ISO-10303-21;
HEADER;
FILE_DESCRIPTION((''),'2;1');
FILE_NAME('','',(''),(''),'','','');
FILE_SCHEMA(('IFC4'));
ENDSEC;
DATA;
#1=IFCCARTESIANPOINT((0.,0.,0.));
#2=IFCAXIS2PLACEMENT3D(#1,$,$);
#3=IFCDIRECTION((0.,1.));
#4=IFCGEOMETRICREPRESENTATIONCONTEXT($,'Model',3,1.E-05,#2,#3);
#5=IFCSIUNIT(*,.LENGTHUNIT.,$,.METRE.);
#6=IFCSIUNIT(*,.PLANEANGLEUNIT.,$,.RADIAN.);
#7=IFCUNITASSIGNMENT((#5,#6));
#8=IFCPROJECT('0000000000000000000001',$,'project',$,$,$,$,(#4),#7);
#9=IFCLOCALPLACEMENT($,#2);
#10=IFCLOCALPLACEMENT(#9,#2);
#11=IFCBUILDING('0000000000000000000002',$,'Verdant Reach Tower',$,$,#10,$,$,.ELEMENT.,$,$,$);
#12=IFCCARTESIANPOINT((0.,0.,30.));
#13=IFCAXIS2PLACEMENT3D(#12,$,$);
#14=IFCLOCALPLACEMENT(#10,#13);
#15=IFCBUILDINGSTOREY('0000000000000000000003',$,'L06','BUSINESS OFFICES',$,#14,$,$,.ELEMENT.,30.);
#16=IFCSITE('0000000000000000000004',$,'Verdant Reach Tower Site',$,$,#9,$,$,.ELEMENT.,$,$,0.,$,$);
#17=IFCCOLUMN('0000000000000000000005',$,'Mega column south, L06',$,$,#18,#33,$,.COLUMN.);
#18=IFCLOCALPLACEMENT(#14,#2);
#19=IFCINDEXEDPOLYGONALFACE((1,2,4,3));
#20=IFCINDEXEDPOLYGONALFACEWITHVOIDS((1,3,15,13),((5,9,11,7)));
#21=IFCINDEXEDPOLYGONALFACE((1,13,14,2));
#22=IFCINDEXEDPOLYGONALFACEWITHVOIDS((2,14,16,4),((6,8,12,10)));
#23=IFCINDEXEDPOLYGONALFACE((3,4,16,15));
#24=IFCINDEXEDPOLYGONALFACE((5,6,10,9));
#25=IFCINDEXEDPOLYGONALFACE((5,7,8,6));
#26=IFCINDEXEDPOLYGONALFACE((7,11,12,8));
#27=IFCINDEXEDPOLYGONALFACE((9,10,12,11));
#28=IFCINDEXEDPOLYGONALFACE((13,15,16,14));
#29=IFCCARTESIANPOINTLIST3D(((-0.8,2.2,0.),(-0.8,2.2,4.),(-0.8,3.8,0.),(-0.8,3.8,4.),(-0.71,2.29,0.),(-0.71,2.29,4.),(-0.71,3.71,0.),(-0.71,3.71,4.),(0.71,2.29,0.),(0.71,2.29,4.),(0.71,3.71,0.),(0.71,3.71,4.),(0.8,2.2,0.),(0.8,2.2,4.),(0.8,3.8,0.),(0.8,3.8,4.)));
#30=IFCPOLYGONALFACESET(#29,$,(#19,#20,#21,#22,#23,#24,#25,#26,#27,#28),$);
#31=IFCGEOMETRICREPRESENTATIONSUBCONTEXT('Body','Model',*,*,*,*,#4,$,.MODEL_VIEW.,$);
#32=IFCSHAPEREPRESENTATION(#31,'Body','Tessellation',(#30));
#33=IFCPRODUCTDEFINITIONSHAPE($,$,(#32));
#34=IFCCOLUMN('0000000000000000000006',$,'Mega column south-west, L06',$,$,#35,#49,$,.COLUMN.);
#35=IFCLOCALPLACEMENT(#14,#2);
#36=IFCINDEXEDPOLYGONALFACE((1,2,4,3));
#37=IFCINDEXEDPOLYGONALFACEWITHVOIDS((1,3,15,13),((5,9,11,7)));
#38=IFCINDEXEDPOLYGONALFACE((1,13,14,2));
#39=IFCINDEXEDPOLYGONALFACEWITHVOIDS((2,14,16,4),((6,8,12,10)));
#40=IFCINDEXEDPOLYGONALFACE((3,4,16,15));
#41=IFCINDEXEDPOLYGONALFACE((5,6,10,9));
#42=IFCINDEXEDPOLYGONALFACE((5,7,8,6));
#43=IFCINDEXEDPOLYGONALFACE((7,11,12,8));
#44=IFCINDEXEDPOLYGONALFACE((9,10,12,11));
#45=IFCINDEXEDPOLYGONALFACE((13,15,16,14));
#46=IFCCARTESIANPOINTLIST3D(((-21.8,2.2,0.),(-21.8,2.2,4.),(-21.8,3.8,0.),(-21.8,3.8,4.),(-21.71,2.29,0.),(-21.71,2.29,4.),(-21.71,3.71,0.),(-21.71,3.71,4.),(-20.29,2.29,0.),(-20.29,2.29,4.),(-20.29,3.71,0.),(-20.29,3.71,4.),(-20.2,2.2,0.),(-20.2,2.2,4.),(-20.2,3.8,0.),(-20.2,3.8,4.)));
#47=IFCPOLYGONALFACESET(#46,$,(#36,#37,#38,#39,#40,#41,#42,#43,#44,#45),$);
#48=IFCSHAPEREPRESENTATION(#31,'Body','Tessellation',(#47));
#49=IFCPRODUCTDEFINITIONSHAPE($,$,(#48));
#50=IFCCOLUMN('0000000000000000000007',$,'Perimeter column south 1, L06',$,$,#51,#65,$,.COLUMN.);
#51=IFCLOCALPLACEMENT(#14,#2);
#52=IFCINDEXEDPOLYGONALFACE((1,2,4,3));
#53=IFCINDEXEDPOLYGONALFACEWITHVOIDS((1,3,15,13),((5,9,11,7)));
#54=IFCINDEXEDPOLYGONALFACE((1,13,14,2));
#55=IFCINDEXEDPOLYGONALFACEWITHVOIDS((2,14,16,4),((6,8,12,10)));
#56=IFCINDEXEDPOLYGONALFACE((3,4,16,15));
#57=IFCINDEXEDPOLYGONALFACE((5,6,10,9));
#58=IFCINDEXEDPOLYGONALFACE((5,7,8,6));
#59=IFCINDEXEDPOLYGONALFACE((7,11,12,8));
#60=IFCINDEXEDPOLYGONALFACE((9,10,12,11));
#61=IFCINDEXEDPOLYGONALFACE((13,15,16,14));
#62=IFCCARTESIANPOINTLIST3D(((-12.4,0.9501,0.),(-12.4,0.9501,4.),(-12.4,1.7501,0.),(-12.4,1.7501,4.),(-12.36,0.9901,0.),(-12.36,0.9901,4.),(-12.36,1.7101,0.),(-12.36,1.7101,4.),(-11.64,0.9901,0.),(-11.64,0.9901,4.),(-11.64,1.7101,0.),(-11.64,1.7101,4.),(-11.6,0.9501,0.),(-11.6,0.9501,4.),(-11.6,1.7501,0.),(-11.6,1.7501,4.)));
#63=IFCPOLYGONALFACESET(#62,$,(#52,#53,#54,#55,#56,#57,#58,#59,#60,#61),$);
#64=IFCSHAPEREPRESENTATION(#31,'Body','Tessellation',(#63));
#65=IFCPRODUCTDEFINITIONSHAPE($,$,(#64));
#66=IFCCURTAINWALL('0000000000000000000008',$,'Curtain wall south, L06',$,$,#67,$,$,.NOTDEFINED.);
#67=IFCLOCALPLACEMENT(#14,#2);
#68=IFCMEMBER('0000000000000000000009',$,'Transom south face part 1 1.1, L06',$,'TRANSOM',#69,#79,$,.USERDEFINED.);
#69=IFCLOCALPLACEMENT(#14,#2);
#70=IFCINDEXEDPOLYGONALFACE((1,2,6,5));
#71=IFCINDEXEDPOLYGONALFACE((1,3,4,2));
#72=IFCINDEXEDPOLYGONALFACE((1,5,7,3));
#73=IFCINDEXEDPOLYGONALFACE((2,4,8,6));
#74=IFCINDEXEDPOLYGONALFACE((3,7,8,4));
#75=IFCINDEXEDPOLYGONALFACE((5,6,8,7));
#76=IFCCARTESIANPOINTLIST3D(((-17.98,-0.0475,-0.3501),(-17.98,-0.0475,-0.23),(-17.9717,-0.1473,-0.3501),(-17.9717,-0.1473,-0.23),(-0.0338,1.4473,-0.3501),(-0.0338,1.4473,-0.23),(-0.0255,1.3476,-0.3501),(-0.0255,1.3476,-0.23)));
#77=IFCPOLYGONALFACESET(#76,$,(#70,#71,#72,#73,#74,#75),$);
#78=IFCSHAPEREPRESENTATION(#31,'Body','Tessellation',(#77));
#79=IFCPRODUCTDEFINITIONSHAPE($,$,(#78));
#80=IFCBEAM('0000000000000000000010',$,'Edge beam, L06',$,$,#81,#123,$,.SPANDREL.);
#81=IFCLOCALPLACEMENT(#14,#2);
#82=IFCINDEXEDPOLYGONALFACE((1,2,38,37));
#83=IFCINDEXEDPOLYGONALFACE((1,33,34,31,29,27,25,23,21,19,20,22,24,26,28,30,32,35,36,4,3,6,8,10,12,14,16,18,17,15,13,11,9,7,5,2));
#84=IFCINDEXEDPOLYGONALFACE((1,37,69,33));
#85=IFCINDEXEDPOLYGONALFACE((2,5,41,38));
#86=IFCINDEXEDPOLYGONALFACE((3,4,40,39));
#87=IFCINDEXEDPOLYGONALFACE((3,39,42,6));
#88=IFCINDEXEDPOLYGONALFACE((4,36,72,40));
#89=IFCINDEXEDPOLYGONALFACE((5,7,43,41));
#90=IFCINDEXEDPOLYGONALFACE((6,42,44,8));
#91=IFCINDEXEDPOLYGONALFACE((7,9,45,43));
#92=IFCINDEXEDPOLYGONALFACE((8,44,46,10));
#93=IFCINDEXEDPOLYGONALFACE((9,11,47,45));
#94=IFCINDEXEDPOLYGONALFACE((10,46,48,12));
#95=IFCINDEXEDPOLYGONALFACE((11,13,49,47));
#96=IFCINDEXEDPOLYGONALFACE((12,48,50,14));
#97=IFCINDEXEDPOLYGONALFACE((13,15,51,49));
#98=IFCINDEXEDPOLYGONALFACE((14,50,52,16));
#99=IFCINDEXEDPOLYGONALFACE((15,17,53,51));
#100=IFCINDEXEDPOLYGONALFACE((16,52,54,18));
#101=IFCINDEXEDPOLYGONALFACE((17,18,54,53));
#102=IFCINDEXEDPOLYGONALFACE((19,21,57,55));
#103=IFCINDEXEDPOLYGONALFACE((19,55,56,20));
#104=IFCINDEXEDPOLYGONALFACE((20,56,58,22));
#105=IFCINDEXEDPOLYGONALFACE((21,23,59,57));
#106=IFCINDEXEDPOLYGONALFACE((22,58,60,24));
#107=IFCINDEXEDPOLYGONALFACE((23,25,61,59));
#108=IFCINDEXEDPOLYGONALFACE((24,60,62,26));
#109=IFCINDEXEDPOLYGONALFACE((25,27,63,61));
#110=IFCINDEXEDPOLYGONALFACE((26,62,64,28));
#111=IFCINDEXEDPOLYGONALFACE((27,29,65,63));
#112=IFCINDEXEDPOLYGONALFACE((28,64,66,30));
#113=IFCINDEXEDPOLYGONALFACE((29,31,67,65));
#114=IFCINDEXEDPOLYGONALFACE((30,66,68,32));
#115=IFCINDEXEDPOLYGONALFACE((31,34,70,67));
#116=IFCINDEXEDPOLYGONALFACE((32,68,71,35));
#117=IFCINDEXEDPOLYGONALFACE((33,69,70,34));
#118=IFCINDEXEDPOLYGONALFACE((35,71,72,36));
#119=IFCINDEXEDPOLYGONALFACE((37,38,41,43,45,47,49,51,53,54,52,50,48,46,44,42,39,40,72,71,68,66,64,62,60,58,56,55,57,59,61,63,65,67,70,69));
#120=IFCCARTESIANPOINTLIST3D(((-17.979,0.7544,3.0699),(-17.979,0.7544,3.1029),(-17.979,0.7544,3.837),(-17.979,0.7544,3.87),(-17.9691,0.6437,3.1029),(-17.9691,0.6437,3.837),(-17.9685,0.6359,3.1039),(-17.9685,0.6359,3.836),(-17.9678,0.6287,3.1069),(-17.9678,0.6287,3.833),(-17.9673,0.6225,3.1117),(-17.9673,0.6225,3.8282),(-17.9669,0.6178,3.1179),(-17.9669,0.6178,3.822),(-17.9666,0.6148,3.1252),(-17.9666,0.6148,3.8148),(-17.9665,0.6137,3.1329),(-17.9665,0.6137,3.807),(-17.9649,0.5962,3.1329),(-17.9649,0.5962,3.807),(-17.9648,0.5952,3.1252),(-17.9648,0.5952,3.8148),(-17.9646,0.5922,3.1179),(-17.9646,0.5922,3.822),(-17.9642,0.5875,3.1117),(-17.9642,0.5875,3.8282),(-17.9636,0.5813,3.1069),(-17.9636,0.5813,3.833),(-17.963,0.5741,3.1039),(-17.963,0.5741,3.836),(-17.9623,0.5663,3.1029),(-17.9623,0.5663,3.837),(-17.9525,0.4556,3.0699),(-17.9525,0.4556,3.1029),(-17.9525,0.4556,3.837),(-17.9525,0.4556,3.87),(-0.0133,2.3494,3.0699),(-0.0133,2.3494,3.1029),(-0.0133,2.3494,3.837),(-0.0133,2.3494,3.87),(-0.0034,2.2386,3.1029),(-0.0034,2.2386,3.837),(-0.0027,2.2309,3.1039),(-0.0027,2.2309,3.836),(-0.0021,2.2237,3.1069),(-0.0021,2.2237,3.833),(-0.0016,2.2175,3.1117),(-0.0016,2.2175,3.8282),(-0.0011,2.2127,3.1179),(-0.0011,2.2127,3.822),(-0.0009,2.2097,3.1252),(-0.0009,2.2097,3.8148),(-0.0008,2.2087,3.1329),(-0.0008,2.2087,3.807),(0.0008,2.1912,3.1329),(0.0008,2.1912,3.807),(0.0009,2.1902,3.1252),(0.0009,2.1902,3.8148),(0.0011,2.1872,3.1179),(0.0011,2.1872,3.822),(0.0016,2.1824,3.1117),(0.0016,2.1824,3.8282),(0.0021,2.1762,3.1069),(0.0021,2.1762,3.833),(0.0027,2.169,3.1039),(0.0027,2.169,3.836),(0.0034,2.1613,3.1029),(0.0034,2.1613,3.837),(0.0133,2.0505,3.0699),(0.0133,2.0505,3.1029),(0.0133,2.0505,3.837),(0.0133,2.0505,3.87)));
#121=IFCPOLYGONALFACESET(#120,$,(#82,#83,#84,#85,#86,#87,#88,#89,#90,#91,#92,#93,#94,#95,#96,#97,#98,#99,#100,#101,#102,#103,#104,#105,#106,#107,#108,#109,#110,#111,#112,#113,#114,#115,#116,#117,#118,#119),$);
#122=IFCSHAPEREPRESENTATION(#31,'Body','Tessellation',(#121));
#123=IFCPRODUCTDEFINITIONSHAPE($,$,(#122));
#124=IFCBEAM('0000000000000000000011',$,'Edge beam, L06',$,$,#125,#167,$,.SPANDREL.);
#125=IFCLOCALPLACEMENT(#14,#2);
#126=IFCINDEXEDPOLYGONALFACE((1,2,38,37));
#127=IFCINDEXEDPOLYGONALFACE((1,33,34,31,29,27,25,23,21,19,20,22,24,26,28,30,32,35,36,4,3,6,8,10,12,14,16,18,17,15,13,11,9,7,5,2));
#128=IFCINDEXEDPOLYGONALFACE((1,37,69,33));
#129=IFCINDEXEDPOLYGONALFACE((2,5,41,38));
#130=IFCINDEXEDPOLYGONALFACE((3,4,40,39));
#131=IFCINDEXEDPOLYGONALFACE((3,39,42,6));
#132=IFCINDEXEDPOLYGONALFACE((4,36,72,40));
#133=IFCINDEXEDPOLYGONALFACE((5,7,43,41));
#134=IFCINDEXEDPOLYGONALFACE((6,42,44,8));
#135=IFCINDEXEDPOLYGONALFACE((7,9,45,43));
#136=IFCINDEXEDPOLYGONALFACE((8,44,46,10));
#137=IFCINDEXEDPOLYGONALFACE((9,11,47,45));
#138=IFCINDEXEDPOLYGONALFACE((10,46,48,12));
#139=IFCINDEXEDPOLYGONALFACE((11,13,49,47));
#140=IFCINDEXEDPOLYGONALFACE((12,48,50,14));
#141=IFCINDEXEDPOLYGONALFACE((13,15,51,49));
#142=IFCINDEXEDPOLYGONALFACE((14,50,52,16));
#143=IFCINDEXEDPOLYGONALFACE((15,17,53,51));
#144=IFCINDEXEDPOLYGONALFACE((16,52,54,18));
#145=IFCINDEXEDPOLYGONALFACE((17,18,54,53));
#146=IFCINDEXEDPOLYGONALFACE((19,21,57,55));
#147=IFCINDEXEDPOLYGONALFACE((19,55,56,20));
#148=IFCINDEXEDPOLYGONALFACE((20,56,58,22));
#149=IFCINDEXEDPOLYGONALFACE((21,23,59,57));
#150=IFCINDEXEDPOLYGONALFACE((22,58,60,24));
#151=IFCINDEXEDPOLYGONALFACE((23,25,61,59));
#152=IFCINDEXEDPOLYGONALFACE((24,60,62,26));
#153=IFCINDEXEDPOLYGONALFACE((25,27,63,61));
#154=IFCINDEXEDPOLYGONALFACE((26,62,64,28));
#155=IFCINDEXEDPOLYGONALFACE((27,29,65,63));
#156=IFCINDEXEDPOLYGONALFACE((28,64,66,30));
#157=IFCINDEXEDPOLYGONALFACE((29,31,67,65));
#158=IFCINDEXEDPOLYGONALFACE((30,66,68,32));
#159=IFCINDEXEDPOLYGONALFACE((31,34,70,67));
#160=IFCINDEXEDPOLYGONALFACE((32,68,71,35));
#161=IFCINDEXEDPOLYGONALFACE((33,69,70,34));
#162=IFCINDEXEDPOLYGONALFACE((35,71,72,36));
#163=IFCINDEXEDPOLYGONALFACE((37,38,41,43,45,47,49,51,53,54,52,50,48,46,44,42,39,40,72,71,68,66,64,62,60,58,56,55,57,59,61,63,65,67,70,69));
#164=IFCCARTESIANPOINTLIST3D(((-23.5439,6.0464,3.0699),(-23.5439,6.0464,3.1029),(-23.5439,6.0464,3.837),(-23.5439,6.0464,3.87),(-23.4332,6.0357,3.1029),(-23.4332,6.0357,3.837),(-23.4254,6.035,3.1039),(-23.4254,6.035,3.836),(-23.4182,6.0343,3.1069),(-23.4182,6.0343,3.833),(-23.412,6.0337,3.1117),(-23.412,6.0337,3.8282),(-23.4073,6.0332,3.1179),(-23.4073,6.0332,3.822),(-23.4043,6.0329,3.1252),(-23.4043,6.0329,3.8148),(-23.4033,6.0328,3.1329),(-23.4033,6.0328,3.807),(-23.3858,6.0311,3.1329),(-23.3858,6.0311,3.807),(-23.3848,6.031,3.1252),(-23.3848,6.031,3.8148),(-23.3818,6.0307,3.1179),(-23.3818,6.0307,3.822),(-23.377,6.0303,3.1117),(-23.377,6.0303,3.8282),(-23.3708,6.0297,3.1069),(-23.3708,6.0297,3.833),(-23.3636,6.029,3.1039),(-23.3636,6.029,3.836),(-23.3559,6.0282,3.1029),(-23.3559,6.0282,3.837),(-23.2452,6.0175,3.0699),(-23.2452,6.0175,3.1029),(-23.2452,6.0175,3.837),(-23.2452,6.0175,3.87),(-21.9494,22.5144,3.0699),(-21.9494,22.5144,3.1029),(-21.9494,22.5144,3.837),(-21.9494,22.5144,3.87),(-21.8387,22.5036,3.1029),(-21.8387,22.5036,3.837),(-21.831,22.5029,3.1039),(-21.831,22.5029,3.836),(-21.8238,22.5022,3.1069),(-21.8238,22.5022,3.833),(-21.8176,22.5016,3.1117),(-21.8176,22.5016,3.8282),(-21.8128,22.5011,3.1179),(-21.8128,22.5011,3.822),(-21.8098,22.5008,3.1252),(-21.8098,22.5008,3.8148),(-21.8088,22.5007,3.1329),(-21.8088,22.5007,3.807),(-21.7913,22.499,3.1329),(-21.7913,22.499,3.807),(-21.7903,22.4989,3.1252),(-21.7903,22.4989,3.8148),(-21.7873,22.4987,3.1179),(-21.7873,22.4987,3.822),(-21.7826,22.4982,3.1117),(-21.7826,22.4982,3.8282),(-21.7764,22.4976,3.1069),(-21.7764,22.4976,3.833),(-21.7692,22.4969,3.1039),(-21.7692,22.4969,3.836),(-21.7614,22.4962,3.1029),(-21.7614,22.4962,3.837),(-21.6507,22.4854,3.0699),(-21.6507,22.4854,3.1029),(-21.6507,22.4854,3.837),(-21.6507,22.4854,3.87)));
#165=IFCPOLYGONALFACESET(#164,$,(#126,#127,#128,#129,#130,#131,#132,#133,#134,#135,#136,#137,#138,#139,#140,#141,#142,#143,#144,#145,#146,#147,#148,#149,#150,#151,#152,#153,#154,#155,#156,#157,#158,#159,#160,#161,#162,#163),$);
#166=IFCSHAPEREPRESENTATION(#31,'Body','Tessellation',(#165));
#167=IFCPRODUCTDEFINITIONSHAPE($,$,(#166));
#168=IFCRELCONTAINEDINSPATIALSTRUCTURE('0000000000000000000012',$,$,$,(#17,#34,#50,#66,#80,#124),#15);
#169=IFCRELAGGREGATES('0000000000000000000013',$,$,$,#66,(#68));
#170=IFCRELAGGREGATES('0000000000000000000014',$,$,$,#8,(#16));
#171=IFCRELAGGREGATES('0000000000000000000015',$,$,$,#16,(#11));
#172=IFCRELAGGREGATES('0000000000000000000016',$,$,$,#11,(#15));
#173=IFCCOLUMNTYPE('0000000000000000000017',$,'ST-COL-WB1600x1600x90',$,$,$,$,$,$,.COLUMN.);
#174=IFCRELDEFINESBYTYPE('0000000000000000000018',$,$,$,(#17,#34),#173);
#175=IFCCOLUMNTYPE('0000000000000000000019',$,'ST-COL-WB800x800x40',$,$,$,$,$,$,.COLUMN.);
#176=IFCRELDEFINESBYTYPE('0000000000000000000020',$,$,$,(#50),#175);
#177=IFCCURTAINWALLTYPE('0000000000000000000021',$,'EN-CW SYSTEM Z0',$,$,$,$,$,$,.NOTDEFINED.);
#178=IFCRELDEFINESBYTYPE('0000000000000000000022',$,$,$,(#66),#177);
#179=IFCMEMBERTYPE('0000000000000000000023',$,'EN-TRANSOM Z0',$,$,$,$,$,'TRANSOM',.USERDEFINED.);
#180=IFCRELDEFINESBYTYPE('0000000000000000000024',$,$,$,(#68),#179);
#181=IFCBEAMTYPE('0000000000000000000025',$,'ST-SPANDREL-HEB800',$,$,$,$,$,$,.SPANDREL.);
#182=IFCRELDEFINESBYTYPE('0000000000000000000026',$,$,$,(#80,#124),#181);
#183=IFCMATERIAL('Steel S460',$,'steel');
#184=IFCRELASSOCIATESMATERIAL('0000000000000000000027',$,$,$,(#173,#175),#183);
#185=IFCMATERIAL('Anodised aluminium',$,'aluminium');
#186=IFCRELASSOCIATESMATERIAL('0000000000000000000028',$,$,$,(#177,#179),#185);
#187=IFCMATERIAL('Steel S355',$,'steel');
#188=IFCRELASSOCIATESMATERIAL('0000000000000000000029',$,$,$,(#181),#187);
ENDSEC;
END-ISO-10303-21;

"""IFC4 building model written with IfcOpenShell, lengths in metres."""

from ifc_helpers import new_model, si_unit, direction, frame, origin, origin_2d, place, context, subcontext, project, spatial, rectangle, hollow_rectangle, i_section, extrude, material, material_profile, profile_set, type_object, element, aggregate, save


model = new_model("IFC4")

# Units and contexts
model_context = context("Model", 3, precision=1e-05, world=origin(), true_north=direction((0.0, 1.0)))
body_context = subcontext(model_context, "Body", "Model", "MODEL_VIEW")
ifc_project = project(units=[si_unit("LENGTHUNIT", "METRE"), si_unit("PLANEANGLEUNIT", "RADIAN")], contexts=[model_context])

# Site, building, storey
site_placement = place(None, origin())
site = spatial("IfcSite", under=ifc_project, at=site_placement, Name="Verdant Reach Tower Site", CompositionType="ELEMENT", RefElevation=0.0)
building_placement = place(site_placement, origin())
building = spatial("IfcBuilding", under=site, at=building_placement, Name="Verdant Reach Tower", CompositionType="ELEMENT")
storey_placement = place(building_placement, frame((0.0, 0.0, 30.0)))
storey = spatial("IfcBuildingStorey", under=building, at=storey_placement, Name="L06", Description="BUSINESS OFFICES", CompositionType="ELEMENT", Elevation=30.0)

# Columns
ifc_material_1 = material(Name="Steel S460", Category="steel")
ifc_material_profile_1 = material_profile(ifc_material_1, hollow_rectangle(XDim=1.6001, YDim=1.6001, WallThickness=0.0901, at=origin_2d()), Name="WB 1600x1600x90")
ifc_profile_set_1 = profile_set([ifc_material_profile_1], Name="Steel S460")
column_type_1 = type_object("IfcColumnType", Name="ST-COL-WB1600x1600x90", PredefinedType="COLUMN", material=ifc_profile_set_1)
for number, where, z_axis, x_axis, name in (
    (1, (0.0, 3.0, 0.0), (0.0, 0.0, 1.0), (1.0, 0.0, 0.0), "Mega column south, L06"),
    (2, (-21.0, 3.0, 0.0), (0.0, 0.0, 1.0), (1.0, 0.0, 0.0), "Mega column south-west, L06"),
):
    element("IfcColumn", number, at=place(storey_placement, frame(where, z_axis=z_axis, x_axis=x_axis)), inside=storey, type_object=column_type_1, Name=name, PredefinedType="COLUMN", context=body_context, shape_type="SweptSolid", body=[
        extrude(hollow_rectangle(XDim=1.6001, YDim=1.6001, WallThickness=0.0901, at=origin_2d()), origin(), (0.0, 0.0, 1.0), 4.0),
    ])
ifc_material_profile_2 = material_profile(ifc_material_1, hollow_rectangle(XDim=0.8, YDim=0.8, WallThickness=0.04, at=origin_2d()), Name="WB 800x800x40")
ifc_profile_set_2 = profile_set([ifc_material_profile_2], Name="Steel S460")
column_type_2 = type_object("IfcColumnType", Name="ST-COL-WB800x800x40", PredefinedType="COLUMN", material=ifc_profile_set_2)
column_placement = place(storey_placement, frame((-12.0, 1.3501, 0.0), z_axis=(0.0, 0.0, 1.0), x_axis=(1.0, 0.0, 0.0)))
element("IfcColumn", 3, at=column_placement, inside=storey, type_object=column_type_2, Name="Perimeter column south 1, L06", PredefinedType="COLUMN", context=body_context, shape_type="SweptSolid", body=[
    extrude(hollow_rectangle(XDim=0.8, YDim=0.8, WallThickness=0.04, at=origin_2d()), origin(), (0.0, 0.0, 1.0), 4.0),
])

# Curtain wall, member
ifc_material_2 = material(Name="Anodised aluminium", Category="aluminium")
curtain_wall_type = type_object("IfcCurtainWallType", Name="EN-CW SYSTEM Z0", PredefinedType="NOTDEFINED", material=ifc_material_2)
curtain_wall_1_placement = place(storey_placement, origin())
curtain_wall_1 = element("IfcCurtainWall", 4, at=curtain_wall_1_placement, inside=storey, type_object=curtain_wall_type, Name="Curtain wall south, L06", PredefinedType="NOTDEFINED")
ifc_material_profile_3 = material_profile(ifc_material_2, rectangle(XDim=0.1001, YDim=0.1201, at=origin_2d()), Name="Transom 120x100")
ifc_profile_set_3 = profile_set([ifc_material_profile_3], Name="Anodised aluminium")
member_type = type_object("IfcMemberType", Name="EN-TRANSOM Z0", ElementType="TRANSOM", PredefinedType="USERDEFINED", material=ifc_profile_set_3)
member_placement = place(storey_placement, frame((-17.9758, -0.0974, -0.29), z_axis=(0.996549, 0.083011, 0.0), x_axis=(-0.083011, 0.996549, 0.0)))
member = element("IfcMember", 5, at=member_placement, type_object=member_type, Name="Transom south face part 1 1.1, L06", ObjectType="TRANSOM", PredefinedType="USERDEFINED", context=body_context, shape_type="SweptSolid", body=[
    extrude(rectangle(XDim=0.1001, YDim=0.1201, at=origin_2d()), origin(), (0.0, 0.0, 1.0), 18.0083),
])

# Beams
ifc_material_3 = material(Name="Steel S355", Category="steel")
ifc_material_profile_4 = material_profile(ifc_material_3, i_section(OverallWidth=0.3, OverallDepth=0.8, WebThickness=0.0176, FlangeThickness=0.033, FilletRadius=0.03, at=origin_2d()), Name="HEB 800")
ifc_profile_set_4 = profile_set([ifc_material_profile_4], Name="Steel S355")
beam_type_1 = type_object("IfcBeamType", Name="ST-SPANDREL-HEB800", PredefinedType="SPANDREL", material=ifc_profile_set_4)
beam_1_placement = place(storey_placement, frame((0.0, 2.2, 3.47), z_axis=(-0.996082, -0.08843, 0.0), x_axis=(0.08843, -0.996082, 0.0)))
element("IfcBeam", 6, at=beam_1_placement, inside=storey, type_object=beam_type_1, Name="Edge beam, L06", PredefinedType="SPANDREL", context=body_context, shape_type="SweptSolid", body=[
    extrude(i_section(OverallWidth=0.3, OverallDepth=0.8, WebThickness=0.0176, FlangeThickness=0.033, FilletRadius=0.03, at=origin_2d()), origin(), (0.0, 0.0, 1.0), 18.0364),
])
beam_2_placement = place(storey_placement, frame((-23.3945, 6.032, 3.47), z_axis=(0.096372, 0.995345, 0.0), x_axis=(-0.995345, 0.096372, 0.0)))
element("IfcBeam", 7, at=beam_2_placement, inside=storey, type_object=beam_type_1, Name="Edge beam, L06", PredefinedType="SPANDREL", context=body_context, shape_type="SweptSolid", body=[
    extrude(i_section(OverallWidth=0.3, OverallDepth=0.8, WebThickness=0.0176, FlangeThickness=0.033, FilletRadius=0.03, at=origin_2d()), origin(), (0.0, 0.0, 1.0), 16.5449),
])

aggregate(curtain_wall_1, [member])

save(model, "model.ifc")
